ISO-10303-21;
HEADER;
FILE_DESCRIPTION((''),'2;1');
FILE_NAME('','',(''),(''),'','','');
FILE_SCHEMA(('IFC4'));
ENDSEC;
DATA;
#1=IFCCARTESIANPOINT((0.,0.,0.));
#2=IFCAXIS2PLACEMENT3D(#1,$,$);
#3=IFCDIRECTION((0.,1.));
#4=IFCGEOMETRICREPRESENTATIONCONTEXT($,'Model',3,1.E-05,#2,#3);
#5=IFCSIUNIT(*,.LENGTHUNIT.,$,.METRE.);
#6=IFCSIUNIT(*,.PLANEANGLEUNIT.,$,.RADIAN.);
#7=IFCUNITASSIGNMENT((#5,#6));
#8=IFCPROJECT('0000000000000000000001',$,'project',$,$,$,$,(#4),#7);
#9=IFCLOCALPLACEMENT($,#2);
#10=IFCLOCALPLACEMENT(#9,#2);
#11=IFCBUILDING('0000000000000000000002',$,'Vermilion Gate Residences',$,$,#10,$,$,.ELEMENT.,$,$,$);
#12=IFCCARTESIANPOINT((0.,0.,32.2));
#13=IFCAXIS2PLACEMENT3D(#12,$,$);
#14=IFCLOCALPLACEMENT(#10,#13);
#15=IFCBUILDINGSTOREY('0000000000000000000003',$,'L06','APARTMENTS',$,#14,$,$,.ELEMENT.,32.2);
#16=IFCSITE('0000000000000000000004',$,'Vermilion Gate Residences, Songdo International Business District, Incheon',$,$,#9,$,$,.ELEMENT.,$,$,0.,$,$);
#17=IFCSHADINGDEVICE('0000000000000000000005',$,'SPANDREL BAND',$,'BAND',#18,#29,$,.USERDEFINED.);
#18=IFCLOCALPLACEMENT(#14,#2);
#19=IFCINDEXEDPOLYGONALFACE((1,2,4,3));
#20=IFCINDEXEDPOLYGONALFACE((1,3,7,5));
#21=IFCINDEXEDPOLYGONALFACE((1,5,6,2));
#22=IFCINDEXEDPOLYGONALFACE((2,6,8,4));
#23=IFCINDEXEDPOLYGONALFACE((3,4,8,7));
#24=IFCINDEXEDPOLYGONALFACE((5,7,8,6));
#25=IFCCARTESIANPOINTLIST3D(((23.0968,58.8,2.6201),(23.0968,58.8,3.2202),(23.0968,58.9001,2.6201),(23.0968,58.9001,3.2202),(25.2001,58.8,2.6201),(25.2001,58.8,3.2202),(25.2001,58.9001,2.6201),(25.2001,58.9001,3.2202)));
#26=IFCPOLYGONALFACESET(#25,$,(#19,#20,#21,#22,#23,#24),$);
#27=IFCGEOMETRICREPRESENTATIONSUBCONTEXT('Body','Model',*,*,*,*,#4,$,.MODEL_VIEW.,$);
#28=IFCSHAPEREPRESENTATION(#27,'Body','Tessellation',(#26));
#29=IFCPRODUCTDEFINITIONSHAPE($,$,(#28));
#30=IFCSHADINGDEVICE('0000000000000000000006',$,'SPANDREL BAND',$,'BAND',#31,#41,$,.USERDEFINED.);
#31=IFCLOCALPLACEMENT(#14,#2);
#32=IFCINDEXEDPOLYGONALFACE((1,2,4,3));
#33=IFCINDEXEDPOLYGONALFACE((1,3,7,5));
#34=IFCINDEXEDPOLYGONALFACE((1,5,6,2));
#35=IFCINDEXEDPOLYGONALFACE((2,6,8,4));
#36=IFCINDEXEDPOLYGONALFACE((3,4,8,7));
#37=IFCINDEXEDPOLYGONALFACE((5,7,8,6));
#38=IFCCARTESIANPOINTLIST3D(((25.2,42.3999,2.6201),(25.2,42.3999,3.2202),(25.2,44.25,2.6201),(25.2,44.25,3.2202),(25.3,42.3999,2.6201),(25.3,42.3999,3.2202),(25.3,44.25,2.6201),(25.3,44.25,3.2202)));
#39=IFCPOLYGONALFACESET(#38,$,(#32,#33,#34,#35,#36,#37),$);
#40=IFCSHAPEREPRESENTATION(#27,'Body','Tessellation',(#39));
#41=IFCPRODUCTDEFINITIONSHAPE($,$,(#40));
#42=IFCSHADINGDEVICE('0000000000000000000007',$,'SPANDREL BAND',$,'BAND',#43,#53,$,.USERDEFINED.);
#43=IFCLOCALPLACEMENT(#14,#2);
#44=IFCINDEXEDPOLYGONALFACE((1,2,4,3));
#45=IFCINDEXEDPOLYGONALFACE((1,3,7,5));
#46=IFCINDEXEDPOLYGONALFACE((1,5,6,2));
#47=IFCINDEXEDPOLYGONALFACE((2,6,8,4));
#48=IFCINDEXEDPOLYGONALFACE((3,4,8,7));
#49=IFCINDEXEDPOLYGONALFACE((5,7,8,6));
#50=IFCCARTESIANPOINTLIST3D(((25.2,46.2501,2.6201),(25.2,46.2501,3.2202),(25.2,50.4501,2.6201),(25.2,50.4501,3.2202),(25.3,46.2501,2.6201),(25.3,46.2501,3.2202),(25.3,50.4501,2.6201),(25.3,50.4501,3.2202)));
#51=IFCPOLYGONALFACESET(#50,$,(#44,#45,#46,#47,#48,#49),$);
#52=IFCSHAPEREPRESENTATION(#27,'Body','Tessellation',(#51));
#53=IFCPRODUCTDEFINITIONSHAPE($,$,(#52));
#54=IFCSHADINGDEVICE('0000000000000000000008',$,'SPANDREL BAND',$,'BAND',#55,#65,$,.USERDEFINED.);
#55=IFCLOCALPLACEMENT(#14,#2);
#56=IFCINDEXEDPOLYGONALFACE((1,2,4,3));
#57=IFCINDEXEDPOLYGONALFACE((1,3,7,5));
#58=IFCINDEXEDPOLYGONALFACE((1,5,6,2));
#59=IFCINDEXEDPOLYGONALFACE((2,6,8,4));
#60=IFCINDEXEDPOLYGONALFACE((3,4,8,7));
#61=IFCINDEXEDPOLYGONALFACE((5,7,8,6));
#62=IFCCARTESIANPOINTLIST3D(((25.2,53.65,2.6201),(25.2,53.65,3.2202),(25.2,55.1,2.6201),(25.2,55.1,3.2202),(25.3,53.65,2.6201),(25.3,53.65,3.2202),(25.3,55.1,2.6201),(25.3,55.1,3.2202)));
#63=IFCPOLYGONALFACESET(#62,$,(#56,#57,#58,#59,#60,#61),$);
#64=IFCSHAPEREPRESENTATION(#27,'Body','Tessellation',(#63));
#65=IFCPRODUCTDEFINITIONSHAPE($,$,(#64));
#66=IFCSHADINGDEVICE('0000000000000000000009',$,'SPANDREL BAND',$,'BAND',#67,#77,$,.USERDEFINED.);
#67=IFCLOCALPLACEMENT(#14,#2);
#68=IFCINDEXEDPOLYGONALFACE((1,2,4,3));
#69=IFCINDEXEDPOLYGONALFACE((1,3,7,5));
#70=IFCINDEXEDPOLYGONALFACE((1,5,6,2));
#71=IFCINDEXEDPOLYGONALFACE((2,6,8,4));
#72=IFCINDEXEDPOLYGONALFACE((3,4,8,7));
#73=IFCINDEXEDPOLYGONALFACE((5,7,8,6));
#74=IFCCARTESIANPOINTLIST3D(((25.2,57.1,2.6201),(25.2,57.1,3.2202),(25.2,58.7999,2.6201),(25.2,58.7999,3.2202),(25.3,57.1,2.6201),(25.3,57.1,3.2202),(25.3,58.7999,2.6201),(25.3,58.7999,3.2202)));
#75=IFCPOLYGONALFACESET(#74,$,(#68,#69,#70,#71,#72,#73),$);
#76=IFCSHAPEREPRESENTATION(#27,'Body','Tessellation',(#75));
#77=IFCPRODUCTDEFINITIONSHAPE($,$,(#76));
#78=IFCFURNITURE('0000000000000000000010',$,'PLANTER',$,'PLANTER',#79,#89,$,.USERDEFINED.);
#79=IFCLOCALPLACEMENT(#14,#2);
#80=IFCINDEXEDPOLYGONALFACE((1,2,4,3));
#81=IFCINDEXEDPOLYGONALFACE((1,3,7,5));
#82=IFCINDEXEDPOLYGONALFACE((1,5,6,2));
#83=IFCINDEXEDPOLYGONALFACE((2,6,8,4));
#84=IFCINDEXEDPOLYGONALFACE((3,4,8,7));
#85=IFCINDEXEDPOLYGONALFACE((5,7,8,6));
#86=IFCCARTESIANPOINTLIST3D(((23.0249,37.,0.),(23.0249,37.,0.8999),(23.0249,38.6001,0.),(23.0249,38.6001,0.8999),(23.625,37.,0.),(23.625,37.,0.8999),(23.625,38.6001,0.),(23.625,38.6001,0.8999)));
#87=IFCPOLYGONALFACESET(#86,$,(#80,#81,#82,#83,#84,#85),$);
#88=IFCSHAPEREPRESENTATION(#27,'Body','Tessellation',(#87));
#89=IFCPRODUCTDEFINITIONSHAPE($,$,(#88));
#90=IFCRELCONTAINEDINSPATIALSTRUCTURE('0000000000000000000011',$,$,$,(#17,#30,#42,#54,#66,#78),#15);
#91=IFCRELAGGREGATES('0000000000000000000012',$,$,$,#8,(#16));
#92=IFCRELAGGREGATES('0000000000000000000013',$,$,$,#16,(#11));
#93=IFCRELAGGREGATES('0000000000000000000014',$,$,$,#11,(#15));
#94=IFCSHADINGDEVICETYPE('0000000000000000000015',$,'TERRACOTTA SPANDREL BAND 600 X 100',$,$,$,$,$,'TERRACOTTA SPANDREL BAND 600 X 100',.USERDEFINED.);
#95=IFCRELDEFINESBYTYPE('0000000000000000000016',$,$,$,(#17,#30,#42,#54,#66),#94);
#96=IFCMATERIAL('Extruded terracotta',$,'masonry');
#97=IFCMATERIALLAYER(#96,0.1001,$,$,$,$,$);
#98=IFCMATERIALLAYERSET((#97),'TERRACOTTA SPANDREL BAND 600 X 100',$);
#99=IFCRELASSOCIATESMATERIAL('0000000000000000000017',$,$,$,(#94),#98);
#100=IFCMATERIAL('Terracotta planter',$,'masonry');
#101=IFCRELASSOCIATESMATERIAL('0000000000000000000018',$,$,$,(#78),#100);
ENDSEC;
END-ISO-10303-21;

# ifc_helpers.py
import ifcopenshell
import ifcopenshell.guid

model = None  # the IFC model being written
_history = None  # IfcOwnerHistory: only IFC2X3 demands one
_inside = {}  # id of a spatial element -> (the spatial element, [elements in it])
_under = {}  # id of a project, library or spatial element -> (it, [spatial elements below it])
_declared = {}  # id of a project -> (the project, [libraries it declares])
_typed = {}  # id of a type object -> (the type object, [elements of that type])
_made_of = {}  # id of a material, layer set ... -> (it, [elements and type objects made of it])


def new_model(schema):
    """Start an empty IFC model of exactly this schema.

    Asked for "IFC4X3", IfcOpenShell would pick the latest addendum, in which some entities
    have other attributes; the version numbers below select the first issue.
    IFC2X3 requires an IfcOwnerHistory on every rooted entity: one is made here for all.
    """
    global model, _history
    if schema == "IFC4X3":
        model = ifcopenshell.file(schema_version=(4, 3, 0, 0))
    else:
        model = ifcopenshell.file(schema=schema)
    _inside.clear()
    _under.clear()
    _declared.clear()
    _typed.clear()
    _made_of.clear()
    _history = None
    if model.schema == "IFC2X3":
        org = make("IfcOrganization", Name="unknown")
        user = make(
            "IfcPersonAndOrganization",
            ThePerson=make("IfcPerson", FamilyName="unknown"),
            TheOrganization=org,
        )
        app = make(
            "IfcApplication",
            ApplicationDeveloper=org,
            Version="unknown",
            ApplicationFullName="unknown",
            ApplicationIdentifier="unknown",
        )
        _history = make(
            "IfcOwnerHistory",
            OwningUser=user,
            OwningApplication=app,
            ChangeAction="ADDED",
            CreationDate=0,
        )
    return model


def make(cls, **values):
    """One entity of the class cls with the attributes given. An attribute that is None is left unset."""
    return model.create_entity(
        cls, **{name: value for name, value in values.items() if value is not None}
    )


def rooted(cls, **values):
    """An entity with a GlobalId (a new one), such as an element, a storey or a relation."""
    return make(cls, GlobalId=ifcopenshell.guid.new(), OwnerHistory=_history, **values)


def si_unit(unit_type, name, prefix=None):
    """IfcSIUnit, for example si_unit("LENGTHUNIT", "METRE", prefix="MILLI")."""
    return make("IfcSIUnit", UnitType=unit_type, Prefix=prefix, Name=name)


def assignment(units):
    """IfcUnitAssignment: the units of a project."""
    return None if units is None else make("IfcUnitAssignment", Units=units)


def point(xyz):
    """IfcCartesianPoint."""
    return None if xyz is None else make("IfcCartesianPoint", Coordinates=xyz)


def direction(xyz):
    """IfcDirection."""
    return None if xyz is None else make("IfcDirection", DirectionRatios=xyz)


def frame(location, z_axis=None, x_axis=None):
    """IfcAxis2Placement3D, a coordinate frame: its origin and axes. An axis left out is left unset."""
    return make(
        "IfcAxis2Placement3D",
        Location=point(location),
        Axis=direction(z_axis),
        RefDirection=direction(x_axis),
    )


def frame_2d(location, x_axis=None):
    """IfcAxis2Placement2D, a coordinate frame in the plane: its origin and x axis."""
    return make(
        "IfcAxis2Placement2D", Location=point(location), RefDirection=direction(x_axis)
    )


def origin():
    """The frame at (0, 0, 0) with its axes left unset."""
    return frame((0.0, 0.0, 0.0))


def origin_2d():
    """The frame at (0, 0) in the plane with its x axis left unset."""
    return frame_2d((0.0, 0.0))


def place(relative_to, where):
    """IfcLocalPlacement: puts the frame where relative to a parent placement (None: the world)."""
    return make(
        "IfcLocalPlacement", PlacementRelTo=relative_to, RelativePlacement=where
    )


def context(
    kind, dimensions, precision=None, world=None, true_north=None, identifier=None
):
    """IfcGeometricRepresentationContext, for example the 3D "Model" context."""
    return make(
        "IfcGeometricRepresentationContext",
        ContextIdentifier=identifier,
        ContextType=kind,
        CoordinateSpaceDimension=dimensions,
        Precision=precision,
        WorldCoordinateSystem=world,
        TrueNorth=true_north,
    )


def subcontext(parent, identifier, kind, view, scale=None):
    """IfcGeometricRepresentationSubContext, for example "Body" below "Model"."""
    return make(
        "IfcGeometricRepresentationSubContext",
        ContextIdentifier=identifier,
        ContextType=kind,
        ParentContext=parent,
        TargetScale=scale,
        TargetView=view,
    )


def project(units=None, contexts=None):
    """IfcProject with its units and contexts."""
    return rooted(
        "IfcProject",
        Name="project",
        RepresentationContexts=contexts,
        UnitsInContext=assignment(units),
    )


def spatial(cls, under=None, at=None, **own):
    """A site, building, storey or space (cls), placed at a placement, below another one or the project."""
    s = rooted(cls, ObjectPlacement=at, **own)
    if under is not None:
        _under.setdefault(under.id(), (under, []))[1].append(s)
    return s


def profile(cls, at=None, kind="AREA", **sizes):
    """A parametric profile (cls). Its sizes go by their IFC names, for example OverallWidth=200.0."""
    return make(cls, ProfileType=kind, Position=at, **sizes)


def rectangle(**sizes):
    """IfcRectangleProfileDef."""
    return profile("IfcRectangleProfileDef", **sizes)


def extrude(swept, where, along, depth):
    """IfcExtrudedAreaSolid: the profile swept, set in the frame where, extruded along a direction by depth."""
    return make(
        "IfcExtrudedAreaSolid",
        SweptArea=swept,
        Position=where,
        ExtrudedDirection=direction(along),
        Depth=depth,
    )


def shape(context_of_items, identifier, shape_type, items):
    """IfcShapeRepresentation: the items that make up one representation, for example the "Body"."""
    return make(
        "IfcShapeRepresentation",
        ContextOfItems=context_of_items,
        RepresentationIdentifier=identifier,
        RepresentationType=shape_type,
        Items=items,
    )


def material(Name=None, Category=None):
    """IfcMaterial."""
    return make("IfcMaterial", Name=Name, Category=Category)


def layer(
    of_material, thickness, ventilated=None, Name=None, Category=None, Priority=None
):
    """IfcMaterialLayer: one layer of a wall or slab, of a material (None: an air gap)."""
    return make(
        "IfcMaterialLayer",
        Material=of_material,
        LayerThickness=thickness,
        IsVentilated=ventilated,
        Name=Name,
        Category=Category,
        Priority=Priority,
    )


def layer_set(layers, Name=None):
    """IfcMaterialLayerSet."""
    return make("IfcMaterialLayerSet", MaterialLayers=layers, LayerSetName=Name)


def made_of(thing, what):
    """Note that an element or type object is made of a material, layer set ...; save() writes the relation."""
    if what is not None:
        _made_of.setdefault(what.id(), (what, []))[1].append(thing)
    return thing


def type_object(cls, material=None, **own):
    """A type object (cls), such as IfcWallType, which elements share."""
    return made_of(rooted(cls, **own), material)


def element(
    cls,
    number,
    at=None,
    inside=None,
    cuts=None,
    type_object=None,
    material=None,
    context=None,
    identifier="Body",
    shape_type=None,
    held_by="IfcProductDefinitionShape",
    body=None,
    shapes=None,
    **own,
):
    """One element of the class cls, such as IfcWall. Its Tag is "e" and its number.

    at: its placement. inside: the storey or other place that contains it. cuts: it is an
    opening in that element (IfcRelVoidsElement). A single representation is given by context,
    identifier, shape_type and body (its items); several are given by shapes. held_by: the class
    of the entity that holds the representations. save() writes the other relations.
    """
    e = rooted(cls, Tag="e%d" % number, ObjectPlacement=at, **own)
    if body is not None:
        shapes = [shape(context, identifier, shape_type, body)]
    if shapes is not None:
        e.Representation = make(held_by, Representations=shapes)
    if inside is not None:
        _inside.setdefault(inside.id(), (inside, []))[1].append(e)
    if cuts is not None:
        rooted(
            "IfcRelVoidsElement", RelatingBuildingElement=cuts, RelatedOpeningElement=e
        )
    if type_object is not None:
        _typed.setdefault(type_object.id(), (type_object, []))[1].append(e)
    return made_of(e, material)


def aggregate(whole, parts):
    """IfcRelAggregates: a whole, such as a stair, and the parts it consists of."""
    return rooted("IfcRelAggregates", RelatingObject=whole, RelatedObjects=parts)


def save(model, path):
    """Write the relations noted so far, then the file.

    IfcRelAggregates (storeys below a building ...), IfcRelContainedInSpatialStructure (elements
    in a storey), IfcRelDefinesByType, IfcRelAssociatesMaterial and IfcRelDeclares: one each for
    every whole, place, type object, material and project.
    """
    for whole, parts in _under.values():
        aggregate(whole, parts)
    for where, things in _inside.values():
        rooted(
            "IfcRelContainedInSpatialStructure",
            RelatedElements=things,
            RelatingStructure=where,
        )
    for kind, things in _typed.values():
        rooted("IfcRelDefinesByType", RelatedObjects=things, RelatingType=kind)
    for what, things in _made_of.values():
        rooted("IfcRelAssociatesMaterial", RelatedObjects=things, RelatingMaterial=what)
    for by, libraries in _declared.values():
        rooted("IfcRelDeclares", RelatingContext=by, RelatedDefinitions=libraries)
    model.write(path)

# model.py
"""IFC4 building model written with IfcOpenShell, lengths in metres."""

from ifc_helpers import new_model, si_unit, direction, frame, origin, origin_2d, place, context, subcontext, project, spatial, rectangle, extrude, material, layer, layer_set, type_object, element, save


model = new_model("IFC4")

# Units and contexts
model_context = context("Model", 3, precision=1e-05, world=origin(), true_north=direction((0.0, 1.0)))
body_context = subcontext(model_context, "Body", "Model", "MODEL_VIEW")
ifc_project = project(units=[si_unit("LENGTHUNIT", "METRE"), si_unit("PLANEANGLEUNIT", "RADIAN")], contexts=[model_context])

# Site, building, storey
site_placement = place(None, origin())
site = spatial("IfcSite", under=ifc_project, at=site_placement, Name="Vermilion Gate Residences, Songdo International Business District, Incheon", CompositionType="ELEMENT", RefElevation=0.0)
building_placement = place(site_placement, origin())
building = spatial("IfcBuilding", under=site, at=building_placement, Name="Vermilion Gate Residences", CompositionType="ELEMENT")
storey_placement = place(building_placement, frame((0.0, 0.0, 32.2)))
storey = spatial("IfcBuildingStorey", under=building, at=storey_placement, Name="L06", Description="APARTMENTS", CompositionType="ELEMENT", Elevation=32.2)

# Shading devices
ifc_material_1 = material(Name="Extruded terracotta", Category="masonry")
ifc_layer_1 = layer(ifc_material_1, 0.1001)
ifc_layer_set_1 = layer_set([ifc_layer_1], Name="TERRACOTTA SPANDREL BAND 600 X 100")
shading_device_type_1 = type_object("IfcShadingDeviceType", Name="TERRACOTTA SPANDREL BAND 600 X 100", ElementType="TERRACOTTA SPANDREL BAND 600 X 100", PredefinedType="USERDEFINED", material=ifc_layer_set_1)
shading_device_1_placement = place(storey_placement, frame((24.1484, 58.8501, 2.6201), z_axis=(0.0, 0.0, 1.0), x_axis=(1.0, 0.0, 0.0)))
element("IfcShadingDevice", 1, at=shading_device_1_placement, inside=storey, type_object=shading_device_type_1, Name="SPANDREL BAND", ObjectType="BAND", PredefinedType="USERDEFINED", context=body_context, shape_type="SweptSolid", body=[
    extrude(rectangle(XDim=2.1033, YDim=0.1001, at=origin_2d()), origin(), (0.0, 0.0, 1.0), 0.6001),
])
shading_device_2_placement = place(storey_placement, frame((25.25, 43.325, 2.6201), z_axis=(0.0, 0.0, 1.0), x_axis=(0.0, 1.0, 0.0)))
element("IfcShadingDevice", 2, at=shading_device_2_placement, inside=storey, type_object=shading_device_type_1, Name="SPANDREL BAND", ObjectType="BAND", PredefinedType="USERDEFINED", context=body_context, shape_type="SweptSolid", body=[
    extrude(rectangle(XDim=1.8501, YDim=0.1001, at=origin_2d()), origin(), (0.0, 0.0, 1.0), 0.6001),
])
shading_device_3_placement = place(storey_placement, frame((25.25, 48.3501, 2.6201), z_axis=(0.0, 0.0, 1.0), x_axis=(0.0, 1.0, 0.0)))
element("IfcShadingDevice", 3, at=shading_device_3_placement, inside=storey, type_object=shading_device_type_1, Name="SPANDREL BAND", ObjectType="BAND", PredefinedType="USERDEFINED", context=body_context, shape_type="SweptSolid", body=[
    extrude(rectangle(XDim=4.2, YDim=0.1001, at=origin_2d()), origin(), (0.0, 0.0, 1.0), 0.6001),
])
shading_device_4_placement = place(storey_placement, frame((25.25, 54.375, 2.6201), z_axis=(0.0, 0.0, 1.0), x_axis=(0.0, 1.0, 0.0)))
element("IfcShadingDevice", 4, at=shading_device_4_placement, inside=storey, type_object=shading_device_type_1, Name="SPANDREL BAND", ObjectType="BAND", PredefinedType="USERDEFINED", context=body_context, shape_type="SweptSolid", body=[
    extrude(rectangle(XDim=1.45, YDim=0.1001, at=origin_2d()), origin(), (0.0, 0.0, 1.0), 0.6001),
])
shading_device_5_placement = place(storey_placement, frame((25.25, 57.95, 2.6201), z_axis=(0.0, 0.0, 1.0), x_axis=(0.0, 1.0, 0.0)))
element("IfcShadingDevice", 5, at=shading_device_5_placement, inside=storey, type_object=shading_device_type_1, Name="SPANDREL BAND", ObjectType="BAND", PredefinedType="USERDEFINED", context=body_context, shape_type="SweptSolid", body=[
    extrude(rectangle(XDim=1.7, YDim=0.1001, at=origin_2d()), origin(), (0.0, 0.0, 1.0), 0.6001),
])

# Furniture
ifc_material_2 = material(Name="Terracotta planter", Category="masonry")
furniture_placement = place(storey_placement, frame((23.325, 37.8, 0.0), z_axis=(0.0, 0.0, 1.0), x_axis=(0.0, 1.0, 0.0)))
element("IfcFurniture", 6, at=furniture_placement, inside=storey, material=ifc_material_2, Name="PLANTER", ObjectType="PLANTER", PredefinedType="USERDEFINED", context=body_context, shape_type="SweptSolid", body=[
    extrude(rectangle(XDim=1.6001, YDim=0.6001, at=origin_2d()), origin(), (0.0, 0.0, 1.0), 0.8999),
])

save(model, "model.ifc")
